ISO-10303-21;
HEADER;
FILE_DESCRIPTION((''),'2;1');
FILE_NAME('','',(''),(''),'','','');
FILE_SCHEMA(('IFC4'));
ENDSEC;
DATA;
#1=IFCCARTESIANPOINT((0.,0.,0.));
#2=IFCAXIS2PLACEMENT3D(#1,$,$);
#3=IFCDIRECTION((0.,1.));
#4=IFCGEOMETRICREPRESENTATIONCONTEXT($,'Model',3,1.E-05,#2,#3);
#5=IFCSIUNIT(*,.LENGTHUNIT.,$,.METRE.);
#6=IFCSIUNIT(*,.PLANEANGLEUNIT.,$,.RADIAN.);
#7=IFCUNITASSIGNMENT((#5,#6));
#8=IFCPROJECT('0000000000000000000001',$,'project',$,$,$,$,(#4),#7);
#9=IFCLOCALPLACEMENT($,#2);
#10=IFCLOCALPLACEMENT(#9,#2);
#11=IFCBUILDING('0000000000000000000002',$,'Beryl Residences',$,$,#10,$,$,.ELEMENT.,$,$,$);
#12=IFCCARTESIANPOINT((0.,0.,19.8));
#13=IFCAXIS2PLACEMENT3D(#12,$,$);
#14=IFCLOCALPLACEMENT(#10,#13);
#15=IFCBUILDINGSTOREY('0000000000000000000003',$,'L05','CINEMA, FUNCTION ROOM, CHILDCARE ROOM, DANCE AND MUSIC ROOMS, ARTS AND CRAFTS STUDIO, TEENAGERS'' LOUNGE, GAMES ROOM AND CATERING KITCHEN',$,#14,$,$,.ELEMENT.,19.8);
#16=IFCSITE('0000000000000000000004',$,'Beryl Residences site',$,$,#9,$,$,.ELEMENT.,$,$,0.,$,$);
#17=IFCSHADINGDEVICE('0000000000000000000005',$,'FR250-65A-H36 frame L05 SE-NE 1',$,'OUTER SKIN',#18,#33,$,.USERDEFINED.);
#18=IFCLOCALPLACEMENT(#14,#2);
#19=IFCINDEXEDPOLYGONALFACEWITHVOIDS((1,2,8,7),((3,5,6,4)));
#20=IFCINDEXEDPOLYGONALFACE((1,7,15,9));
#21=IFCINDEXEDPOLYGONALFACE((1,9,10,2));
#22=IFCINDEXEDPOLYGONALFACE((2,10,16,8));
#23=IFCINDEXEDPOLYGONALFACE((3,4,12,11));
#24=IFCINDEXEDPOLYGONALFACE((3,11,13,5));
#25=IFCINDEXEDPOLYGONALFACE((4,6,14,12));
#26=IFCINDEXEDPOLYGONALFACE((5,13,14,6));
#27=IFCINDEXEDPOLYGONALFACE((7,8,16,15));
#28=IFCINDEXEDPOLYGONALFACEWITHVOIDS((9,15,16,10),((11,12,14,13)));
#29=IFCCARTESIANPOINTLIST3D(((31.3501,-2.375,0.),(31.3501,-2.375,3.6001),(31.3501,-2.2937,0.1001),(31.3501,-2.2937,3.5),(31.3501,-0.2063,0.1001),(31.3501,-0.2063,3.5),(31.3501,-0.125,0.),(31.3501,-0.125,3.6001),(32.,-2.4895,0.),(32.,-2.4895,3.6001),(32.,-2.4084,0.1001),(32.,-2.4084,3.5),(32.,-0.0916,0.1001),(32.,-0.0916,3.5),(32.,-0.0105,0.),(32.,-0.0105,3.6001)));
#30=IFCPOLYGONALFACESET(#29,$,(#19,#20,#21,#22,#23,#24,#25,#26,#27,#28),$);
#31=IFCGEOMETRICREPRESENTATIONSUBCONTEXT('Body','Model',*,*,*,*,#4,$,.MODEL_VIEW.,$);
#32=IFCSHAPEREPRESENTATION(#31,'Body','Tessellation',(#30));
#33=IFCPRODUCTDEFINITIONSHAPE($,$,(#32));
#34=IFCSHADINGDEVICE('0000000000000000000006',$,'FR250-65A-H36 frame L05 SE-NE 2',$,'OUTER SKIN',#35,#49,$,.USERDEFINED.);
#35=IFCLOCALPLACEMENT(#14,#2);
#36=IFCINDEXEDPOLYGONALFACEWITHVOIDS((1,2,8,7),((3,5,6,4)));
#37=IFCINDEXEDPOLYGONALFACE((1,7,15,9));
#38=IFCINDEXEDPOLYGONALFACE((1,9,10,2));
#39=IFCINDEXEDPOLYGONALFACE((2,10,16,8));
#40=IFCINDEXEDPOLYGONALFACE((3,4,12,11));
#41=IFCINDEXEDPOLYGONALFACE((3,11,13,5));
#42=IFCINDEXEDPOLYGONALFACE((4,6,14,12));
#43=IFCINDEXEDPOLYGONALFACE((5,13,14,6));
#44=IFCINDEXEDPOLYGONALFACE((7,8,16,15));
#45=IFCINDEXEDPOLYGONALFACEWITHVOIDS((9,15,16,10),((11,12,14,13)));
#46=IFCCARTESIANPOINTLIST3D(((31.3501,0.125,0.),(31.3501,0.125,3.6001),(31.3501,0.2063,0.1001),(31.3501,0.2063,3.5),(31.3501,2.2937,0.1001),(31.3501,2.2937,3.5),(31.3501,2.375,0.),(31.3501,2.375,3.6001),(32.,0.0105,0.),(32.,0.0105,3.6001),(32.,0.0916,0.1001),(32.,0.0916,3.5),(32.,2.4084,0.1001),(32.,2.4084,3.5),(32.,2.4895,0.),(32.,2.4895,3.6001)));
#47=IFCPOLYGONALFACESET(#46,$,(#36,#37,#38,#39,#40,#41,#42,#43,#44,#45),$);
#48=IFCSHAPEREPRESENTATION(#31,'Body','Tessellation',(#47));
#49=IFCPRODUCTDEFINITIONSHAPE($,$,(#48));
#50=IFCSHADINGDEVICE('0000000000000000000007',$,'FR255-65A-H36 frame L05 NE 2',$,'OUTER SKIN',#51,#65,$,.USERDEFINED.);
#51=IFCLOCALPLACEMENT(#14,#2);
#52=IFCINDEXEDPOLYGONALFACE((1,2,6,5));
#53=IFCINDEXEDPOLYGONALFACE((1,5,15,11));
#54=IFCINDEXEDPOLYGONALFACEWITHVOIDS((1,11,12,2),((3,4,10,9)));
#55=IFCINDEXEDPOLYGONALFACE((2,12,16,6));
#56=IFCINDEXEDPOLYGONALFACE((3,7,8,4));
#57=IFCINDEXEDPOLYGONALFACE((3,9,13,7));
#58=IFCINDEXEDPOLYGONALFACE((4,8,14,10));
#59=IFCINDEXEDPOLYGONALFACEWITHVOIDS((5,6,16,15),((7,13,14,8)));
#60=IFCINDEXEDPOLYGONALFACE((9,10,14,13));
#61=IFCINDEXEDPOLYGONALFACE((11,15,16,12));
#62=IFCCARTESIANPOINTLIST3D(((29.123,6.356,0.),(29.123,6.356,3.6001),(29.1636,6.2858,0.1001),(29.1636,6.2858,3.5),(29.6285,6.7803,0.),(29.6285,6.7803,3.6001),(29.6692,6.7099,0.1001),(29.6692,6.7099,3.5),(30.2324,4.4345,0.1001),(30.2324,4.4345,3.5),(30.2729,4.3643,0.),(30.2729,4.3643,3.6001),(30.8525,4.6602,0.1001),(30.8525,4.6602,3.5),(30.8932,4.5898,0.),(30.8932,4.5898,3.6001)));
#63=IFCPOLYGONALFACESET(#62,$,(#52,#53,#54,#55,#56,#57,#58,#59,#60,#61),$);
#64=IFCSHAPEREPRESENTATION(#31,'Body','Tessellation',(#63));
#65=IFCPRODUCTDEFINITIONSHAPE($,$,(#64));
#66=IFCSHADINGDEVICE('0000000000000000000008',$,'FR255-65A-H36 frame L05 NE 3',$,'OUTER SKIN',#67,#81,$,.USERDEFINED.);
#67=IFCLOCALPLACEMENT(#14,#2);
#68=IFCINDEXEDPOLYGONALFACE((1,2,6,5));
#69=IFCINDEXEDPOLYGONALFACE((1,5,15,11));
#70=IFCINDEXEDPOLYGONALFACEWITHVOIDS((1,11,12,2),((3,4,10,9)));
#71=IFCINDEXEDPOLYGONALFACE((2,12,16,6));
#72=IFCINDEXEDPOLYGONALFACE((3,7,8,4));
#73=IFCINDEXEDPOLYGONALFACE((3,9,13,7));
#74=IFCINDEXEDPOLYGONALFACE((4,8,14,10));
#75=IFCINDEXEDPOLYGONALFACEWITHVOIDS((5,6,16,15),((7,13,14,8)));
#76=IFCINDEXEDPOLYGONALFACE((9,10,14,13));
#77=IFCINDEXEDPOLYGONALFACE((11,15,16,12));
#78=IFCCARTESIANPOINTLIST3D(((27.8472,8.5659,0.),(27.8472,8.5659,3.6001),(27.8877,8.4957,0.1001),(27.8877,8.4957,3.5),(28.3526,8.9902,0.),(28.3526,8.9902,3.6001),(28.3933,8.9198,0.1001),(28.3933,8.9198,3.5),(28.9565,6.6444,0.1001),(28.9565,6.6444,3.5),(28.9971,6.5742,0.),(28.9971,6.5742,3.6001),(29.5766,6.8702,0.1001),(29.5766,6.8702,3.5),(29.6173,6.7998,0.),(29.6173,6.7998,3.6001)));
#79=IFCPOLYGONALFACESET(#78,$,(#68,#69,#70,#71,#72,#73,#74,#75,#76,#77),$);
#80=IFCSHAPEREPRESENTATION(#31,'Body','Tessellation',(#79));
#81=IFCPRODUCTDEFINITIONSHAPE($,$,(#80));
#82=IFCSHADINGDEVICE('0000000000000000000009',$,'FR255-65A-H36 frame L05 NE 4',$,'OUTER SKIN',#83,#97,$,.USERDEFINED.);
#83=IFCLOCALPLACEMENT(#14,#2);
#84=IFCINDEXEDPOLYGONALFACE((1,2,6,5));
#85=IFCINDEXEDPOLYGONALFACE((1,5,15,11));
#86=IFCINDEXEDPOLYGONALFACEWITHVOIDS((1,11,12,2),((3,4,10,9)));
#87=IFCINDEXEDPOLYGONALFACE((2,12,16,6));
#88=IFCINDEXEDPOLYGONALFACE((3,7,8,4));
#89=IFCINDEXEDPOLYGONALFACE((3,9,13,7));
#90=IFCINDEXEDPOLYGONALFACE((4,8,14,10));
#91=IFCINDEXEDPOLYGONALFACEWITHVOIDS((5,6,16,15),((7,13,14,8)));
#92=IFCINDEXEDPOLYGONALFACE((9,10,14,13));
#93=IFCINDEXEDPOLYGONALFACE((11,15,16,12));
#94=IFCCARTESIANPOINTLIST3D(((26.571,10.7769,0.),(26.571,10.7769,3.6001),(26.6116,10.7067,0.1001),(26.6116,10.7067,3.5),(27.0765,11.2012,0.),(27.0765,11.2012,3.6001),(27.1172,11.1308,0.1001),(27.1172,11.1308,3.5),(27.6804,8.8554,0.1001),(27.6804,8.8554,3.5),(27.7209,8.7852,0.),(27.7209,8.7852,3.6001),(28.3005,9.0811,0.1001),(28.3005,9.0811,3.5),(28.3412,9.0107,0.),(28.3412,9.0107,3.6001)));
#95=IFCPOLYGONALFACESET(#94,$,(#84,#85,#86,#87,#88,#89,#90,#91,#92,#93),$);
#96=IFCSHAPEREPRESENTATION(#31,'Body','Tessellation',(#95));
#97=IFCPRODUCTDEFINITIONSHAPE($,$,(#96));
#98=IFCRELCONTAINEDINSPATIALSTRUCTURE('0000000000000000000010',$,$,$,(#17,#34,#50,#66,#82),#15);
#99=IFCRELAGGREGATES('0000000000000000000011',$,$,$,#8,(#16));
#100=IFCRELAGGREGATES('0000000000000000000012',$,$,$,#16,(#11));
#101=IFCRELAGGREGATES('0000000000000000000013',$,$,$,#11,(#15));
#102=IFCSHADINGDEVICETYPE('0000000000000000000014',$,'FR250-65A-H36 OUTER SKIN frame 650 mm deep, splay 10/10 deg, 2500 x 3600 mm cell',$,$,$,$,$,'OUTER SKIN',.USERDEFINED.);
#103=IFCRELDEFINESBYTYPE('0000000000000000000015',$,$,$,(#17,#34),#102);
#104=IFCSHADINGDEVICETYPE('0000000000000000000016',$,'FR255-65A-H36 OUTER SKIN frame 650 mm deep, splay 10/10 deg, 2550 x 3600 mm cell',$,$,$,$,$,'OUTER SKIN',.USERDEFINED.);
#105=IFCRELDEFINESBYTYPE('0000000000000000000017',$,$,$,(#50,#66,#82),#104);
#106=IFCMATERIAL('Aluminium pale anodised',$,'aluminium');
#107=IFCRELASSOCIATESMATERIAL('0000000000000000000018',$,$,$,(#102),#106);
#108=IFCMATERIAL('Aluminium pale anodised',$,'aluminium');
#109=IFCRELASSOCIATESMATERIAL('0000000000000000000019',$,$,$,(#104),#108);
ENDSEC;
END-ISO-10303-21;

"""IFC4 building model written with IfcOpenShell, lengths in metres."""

from ifc_helpers import new_model, entity, si_unit, direction, frame, origin, place, context, subcontext, project, spatial, source, transform, mapped, material, type_object, type_shapes, element, save


model = new_model("IFC4")

# Units and contexts
model_context = context("Model", 3, precision=1e-05, world=origin(), true_north=direction((0.0, 1.0)))
body_context = subcontext(model_context, "Body", "Model", "MODEL_VIEW")
ifc_project = project(units=[si_unit("LENGTHUNIT", "METRE"), si_unit("PLANEANGLEUNIT", "RADIAN")], contexts=[model_context])

# Site, building, storey
site_placement = place(None, origin())
site = spatial("IfcSite", under=ifc_project, at=site_placement, Name="Beryl Residences site", CompositionType="ELEMENT", RefElevation=0.0)
building_placement = place(site_placement, origin())
building = spatial("IfcBuilding", under=site, at=building_placement, Name="Beryl Residences", CompositionType="ELEMENT")
storey_placement = place(building_placement, frame((0.0, 0.0, 19.8)))
storey = spatial("IfcBuildingStorey", under=building, at=storey_placement, Name="L05", Description="CINEMA, FUNCTION ROOM, CHILDCARE ROOM, DANCE AND MUSIC ROOMS, ARTS AND CRAFTS STUDIO, TEENAGERS' LOUNGE, GAMES ROOM AND CATERING KITCHEN", CompositionType="ELEMENT", Elevation=19.8)

# Shading devices
ifc_material_1 = material(Name="Aluminium pale anodised", Category="aluminium")
shading_device_type_1 = type_object("IfcShadingDeviceType", Name="FR250-65A-H36 OUTER SKIN frame 650 mm deep, splay 10/10 deg, 2500 x 3600 mm cell", ElementType="OUTER SKIN", PredefinedType="USERDEFINED", material=ifc_material_1)
cartesian_point_1 = entity("IfcCartesianPoint", [-1.125, 0.0])
cartesian_point_2 = entity("IfcCartesianPoint", [-1.0437, 0.1001])
cartesian_point_3 = entity("IfcCartesianPoint", [-1.2395, 0.0])
cartesian_point_4 = entity("IfcCartesianPoint", [-1.1584, 0.1001])
shared_shape_1 = source(origin(), body_context, "Body", "SweptSolid", [
    entity("IfcExtrudedAreaSolidTapered", entity("IfcArbitraryProfileDefWithVoids", "AREA", None, entity("IfcPolyline", [cartesian_point_1, entity("IfcCartesianPoint", [1.125, 0.0]), entity("IfcCartesianPoint", [1.125, 3.6001]), entity("IfcCartesianPoint", [-1.125, 3.6001]), cartesian_point_1]), [entity("IfcPolyline", [cartesian_point_2, entity("IfcCartesianPoint", [1.0437, 0.1001]), entity("IfcCartesianPoint", [1.0437, 3.5]), entity("IfcCartesianPoint", [-1.0437, 3.5]), cartesian_point_2])]), entity("IfcAxis2Placement3D", entity("IfcCartesianPoint", [0.0, 0.0, 0.0]), entity("IfcDirection", [0.0, 1.0, 0.0]), entity("IfcDirection", [-1.0, 0.0, 0.0])), entity("IfcDirection", [0.0, 0.0, 1.0]), 0.6499, entity("IfcArbitraryProfileDefWithVoids", "AREA", None, entity("IfcPolyline", [cartesian_point_3, entity("IfcCartesianPoint", [1.2395, 0.0]), entity("IfcCartesianPoint", [1.2395, 3.6001]), entity("IfcCartesianPoint", [-1.2395, 3.6001]), cartesian_point_3]), [entity("IfcPolyline", [cartesian_point_4, entity("IfcCartesianPoint", [1.1584, 0.1001]), entity("IfcCartesianPoint", [1.1584, 3.5]), entity("IfcCartesianPoint", [-1.1584, 3.5]), cartesian_point_4])])),
])
type_shapes(shading_device_type_1, [shared_shape_1])
for number, where, z_axis, x_axis, name in (
    (1, (31.3501, -1.25, 0.0), (0.0, 0.0, 1.0), (0.0, -1.0, 0.0), "FR250-65A-H36 frame L05 SE-NE 1"),
    (2, (31.3501, 1.25, 0.0), (0.0, 0.0, 1.0), (0.0, -1.0, 0.0), "FR250-65A-H36 frame L05 SE-NE 2"),
):
    element("IfcShadingDevice", number, at=place(storey_placement, frame(where, z_axis=z_axis, x_axis=x_axis)), inside=storey, type_object=shading_device_type_1, Name=name, ObjectType="OUTER SKIN", PredefinedType="USERDEFINED", context=body_context, shape_type="MappedRepresentation", body=[
        mapped(shared_shape_1, transform((0.0, 0.0, 0.0))),
    ])
ifc_material_2 = material(Name="Aluminium pale anodised", Category="aluminium")
shading_device_type_2 = type_object("IfcShadingDeviceType", Name="FR255-65A-H36 OUTER SKIN frame 650 mm deep, splay 10/10 deg, 2550 x 3600 mm cell", ElementType="OUTER SKIN", PredefinedType="USERDEFINED", material=ifc_material_2)
cartesian_point_5 = entity("IfcCartesianPoint", [-1.1499, 0.0])
cartesian_point_6 = entity("IfcCartesianPoint", [-1.0688, 0.1001])
cartesian_point_7 = entity("IfcCartesianPoint", [-1.2646, 0.0])
cartesian_point_8 = entity("IfcCartesianPoint", [-1.1833, 0.1001])
shared_shape_2 = source(origin(), body_context, "Body", "SweptSolid", [
    entity("IfcExtrudedAreaSolidTapered", entity("IfcArbitraryProfileDefWithVoids", "AREA", None, entity("IfcPolyline", [cartesian_point_5, entity("IfcCartesianPoint", [1.1499, 0.0]), entity("IfcCartesianPoint", [1.1499, 3.6001]), entity("IfcCartesianPoint", [-1.1499, 3.6001]), cartesian_point_5]), [entity("IfcPolyline", [cartesian_point_6, entity("IfcCartesianPoint", [1.0688, 0.1001]), entity("IfcCartesianPoint", [1.0688, 3.5]), entity("IfcCartesianPoint", [-1.0688, 3.5]), cartesian_point_6])]), entity("IfcAxis2Placement3D", entity("IfcCartesianPoint", [0.0, 0.0, 0.0]), entity("IfcDirection", [0.0, 1.0, 0.0]), entity("IfcDirection", [-1.0, 0.0, 0.0])), entity("IfcDirection", [0.0, 0.0, 1.0]), 0.6499, entity("IfcArbitraryProfileDefWithVoids", "AREA", None, entity("IfcPolyline", [cartesian_point_7, entity("IfcCartesianPoint", [1.2646, 0.0]), entity("IfcCartesianPoint", [1.2646, 3.6001]), entity("IfcCartesianPoint", [-1.2646, 3.6001]), cartesian_point_7]), [entity("IfcPolyline", [cartesian_point_8, entity("IfcCartesianPoint", [1.1833, 0.1001]), entity("IfcCartesianPoint", [1.1833, 3.5]), entity("IfcCartesianPoint", [-1.1833, 3.5]), cartesian_point_8])])),
])
type_shapes(shading_device_type_2, [shared_shape_2])
for number, where, z_axis, x_axis, name in (
    (3, (29.698, 5.3601, 0.0), (0.0, 0.0, 1.0), (0.5, -0.866025, 0.0), "FR255-65A-H36 frame L05 NE 2"),
    (4, (28.4221, 7.5701, 0.0), (0.0, 0.0, 1.0), (0.5, -0.866025, 0.0), "FR255-65A-H36 frame L05 NE 3"),
    (5, (27.146, 9.781, 0.0), (0.0, 0.0, 1.0), (0.5, -0.866025, 0.0), "FR255-65A-H36 frame L05 NE 4"),
):
    element("IfcShadingDevice", number, at=place(storey_placement, frame(where, z_axis=z_axis, x_axis=x_axis)), inside=storey, type_object=shading_device_type_2, Name=name, ObjectType="OUTER SKIN", PredefinedType="USERDEFINED", context=body_context, shape_type="MappedRepresentation", body=[
        mapped(shared_shape_2, transform((0.0, 0.0, 0.0))),
    ])

save(model, "model.ifc")
